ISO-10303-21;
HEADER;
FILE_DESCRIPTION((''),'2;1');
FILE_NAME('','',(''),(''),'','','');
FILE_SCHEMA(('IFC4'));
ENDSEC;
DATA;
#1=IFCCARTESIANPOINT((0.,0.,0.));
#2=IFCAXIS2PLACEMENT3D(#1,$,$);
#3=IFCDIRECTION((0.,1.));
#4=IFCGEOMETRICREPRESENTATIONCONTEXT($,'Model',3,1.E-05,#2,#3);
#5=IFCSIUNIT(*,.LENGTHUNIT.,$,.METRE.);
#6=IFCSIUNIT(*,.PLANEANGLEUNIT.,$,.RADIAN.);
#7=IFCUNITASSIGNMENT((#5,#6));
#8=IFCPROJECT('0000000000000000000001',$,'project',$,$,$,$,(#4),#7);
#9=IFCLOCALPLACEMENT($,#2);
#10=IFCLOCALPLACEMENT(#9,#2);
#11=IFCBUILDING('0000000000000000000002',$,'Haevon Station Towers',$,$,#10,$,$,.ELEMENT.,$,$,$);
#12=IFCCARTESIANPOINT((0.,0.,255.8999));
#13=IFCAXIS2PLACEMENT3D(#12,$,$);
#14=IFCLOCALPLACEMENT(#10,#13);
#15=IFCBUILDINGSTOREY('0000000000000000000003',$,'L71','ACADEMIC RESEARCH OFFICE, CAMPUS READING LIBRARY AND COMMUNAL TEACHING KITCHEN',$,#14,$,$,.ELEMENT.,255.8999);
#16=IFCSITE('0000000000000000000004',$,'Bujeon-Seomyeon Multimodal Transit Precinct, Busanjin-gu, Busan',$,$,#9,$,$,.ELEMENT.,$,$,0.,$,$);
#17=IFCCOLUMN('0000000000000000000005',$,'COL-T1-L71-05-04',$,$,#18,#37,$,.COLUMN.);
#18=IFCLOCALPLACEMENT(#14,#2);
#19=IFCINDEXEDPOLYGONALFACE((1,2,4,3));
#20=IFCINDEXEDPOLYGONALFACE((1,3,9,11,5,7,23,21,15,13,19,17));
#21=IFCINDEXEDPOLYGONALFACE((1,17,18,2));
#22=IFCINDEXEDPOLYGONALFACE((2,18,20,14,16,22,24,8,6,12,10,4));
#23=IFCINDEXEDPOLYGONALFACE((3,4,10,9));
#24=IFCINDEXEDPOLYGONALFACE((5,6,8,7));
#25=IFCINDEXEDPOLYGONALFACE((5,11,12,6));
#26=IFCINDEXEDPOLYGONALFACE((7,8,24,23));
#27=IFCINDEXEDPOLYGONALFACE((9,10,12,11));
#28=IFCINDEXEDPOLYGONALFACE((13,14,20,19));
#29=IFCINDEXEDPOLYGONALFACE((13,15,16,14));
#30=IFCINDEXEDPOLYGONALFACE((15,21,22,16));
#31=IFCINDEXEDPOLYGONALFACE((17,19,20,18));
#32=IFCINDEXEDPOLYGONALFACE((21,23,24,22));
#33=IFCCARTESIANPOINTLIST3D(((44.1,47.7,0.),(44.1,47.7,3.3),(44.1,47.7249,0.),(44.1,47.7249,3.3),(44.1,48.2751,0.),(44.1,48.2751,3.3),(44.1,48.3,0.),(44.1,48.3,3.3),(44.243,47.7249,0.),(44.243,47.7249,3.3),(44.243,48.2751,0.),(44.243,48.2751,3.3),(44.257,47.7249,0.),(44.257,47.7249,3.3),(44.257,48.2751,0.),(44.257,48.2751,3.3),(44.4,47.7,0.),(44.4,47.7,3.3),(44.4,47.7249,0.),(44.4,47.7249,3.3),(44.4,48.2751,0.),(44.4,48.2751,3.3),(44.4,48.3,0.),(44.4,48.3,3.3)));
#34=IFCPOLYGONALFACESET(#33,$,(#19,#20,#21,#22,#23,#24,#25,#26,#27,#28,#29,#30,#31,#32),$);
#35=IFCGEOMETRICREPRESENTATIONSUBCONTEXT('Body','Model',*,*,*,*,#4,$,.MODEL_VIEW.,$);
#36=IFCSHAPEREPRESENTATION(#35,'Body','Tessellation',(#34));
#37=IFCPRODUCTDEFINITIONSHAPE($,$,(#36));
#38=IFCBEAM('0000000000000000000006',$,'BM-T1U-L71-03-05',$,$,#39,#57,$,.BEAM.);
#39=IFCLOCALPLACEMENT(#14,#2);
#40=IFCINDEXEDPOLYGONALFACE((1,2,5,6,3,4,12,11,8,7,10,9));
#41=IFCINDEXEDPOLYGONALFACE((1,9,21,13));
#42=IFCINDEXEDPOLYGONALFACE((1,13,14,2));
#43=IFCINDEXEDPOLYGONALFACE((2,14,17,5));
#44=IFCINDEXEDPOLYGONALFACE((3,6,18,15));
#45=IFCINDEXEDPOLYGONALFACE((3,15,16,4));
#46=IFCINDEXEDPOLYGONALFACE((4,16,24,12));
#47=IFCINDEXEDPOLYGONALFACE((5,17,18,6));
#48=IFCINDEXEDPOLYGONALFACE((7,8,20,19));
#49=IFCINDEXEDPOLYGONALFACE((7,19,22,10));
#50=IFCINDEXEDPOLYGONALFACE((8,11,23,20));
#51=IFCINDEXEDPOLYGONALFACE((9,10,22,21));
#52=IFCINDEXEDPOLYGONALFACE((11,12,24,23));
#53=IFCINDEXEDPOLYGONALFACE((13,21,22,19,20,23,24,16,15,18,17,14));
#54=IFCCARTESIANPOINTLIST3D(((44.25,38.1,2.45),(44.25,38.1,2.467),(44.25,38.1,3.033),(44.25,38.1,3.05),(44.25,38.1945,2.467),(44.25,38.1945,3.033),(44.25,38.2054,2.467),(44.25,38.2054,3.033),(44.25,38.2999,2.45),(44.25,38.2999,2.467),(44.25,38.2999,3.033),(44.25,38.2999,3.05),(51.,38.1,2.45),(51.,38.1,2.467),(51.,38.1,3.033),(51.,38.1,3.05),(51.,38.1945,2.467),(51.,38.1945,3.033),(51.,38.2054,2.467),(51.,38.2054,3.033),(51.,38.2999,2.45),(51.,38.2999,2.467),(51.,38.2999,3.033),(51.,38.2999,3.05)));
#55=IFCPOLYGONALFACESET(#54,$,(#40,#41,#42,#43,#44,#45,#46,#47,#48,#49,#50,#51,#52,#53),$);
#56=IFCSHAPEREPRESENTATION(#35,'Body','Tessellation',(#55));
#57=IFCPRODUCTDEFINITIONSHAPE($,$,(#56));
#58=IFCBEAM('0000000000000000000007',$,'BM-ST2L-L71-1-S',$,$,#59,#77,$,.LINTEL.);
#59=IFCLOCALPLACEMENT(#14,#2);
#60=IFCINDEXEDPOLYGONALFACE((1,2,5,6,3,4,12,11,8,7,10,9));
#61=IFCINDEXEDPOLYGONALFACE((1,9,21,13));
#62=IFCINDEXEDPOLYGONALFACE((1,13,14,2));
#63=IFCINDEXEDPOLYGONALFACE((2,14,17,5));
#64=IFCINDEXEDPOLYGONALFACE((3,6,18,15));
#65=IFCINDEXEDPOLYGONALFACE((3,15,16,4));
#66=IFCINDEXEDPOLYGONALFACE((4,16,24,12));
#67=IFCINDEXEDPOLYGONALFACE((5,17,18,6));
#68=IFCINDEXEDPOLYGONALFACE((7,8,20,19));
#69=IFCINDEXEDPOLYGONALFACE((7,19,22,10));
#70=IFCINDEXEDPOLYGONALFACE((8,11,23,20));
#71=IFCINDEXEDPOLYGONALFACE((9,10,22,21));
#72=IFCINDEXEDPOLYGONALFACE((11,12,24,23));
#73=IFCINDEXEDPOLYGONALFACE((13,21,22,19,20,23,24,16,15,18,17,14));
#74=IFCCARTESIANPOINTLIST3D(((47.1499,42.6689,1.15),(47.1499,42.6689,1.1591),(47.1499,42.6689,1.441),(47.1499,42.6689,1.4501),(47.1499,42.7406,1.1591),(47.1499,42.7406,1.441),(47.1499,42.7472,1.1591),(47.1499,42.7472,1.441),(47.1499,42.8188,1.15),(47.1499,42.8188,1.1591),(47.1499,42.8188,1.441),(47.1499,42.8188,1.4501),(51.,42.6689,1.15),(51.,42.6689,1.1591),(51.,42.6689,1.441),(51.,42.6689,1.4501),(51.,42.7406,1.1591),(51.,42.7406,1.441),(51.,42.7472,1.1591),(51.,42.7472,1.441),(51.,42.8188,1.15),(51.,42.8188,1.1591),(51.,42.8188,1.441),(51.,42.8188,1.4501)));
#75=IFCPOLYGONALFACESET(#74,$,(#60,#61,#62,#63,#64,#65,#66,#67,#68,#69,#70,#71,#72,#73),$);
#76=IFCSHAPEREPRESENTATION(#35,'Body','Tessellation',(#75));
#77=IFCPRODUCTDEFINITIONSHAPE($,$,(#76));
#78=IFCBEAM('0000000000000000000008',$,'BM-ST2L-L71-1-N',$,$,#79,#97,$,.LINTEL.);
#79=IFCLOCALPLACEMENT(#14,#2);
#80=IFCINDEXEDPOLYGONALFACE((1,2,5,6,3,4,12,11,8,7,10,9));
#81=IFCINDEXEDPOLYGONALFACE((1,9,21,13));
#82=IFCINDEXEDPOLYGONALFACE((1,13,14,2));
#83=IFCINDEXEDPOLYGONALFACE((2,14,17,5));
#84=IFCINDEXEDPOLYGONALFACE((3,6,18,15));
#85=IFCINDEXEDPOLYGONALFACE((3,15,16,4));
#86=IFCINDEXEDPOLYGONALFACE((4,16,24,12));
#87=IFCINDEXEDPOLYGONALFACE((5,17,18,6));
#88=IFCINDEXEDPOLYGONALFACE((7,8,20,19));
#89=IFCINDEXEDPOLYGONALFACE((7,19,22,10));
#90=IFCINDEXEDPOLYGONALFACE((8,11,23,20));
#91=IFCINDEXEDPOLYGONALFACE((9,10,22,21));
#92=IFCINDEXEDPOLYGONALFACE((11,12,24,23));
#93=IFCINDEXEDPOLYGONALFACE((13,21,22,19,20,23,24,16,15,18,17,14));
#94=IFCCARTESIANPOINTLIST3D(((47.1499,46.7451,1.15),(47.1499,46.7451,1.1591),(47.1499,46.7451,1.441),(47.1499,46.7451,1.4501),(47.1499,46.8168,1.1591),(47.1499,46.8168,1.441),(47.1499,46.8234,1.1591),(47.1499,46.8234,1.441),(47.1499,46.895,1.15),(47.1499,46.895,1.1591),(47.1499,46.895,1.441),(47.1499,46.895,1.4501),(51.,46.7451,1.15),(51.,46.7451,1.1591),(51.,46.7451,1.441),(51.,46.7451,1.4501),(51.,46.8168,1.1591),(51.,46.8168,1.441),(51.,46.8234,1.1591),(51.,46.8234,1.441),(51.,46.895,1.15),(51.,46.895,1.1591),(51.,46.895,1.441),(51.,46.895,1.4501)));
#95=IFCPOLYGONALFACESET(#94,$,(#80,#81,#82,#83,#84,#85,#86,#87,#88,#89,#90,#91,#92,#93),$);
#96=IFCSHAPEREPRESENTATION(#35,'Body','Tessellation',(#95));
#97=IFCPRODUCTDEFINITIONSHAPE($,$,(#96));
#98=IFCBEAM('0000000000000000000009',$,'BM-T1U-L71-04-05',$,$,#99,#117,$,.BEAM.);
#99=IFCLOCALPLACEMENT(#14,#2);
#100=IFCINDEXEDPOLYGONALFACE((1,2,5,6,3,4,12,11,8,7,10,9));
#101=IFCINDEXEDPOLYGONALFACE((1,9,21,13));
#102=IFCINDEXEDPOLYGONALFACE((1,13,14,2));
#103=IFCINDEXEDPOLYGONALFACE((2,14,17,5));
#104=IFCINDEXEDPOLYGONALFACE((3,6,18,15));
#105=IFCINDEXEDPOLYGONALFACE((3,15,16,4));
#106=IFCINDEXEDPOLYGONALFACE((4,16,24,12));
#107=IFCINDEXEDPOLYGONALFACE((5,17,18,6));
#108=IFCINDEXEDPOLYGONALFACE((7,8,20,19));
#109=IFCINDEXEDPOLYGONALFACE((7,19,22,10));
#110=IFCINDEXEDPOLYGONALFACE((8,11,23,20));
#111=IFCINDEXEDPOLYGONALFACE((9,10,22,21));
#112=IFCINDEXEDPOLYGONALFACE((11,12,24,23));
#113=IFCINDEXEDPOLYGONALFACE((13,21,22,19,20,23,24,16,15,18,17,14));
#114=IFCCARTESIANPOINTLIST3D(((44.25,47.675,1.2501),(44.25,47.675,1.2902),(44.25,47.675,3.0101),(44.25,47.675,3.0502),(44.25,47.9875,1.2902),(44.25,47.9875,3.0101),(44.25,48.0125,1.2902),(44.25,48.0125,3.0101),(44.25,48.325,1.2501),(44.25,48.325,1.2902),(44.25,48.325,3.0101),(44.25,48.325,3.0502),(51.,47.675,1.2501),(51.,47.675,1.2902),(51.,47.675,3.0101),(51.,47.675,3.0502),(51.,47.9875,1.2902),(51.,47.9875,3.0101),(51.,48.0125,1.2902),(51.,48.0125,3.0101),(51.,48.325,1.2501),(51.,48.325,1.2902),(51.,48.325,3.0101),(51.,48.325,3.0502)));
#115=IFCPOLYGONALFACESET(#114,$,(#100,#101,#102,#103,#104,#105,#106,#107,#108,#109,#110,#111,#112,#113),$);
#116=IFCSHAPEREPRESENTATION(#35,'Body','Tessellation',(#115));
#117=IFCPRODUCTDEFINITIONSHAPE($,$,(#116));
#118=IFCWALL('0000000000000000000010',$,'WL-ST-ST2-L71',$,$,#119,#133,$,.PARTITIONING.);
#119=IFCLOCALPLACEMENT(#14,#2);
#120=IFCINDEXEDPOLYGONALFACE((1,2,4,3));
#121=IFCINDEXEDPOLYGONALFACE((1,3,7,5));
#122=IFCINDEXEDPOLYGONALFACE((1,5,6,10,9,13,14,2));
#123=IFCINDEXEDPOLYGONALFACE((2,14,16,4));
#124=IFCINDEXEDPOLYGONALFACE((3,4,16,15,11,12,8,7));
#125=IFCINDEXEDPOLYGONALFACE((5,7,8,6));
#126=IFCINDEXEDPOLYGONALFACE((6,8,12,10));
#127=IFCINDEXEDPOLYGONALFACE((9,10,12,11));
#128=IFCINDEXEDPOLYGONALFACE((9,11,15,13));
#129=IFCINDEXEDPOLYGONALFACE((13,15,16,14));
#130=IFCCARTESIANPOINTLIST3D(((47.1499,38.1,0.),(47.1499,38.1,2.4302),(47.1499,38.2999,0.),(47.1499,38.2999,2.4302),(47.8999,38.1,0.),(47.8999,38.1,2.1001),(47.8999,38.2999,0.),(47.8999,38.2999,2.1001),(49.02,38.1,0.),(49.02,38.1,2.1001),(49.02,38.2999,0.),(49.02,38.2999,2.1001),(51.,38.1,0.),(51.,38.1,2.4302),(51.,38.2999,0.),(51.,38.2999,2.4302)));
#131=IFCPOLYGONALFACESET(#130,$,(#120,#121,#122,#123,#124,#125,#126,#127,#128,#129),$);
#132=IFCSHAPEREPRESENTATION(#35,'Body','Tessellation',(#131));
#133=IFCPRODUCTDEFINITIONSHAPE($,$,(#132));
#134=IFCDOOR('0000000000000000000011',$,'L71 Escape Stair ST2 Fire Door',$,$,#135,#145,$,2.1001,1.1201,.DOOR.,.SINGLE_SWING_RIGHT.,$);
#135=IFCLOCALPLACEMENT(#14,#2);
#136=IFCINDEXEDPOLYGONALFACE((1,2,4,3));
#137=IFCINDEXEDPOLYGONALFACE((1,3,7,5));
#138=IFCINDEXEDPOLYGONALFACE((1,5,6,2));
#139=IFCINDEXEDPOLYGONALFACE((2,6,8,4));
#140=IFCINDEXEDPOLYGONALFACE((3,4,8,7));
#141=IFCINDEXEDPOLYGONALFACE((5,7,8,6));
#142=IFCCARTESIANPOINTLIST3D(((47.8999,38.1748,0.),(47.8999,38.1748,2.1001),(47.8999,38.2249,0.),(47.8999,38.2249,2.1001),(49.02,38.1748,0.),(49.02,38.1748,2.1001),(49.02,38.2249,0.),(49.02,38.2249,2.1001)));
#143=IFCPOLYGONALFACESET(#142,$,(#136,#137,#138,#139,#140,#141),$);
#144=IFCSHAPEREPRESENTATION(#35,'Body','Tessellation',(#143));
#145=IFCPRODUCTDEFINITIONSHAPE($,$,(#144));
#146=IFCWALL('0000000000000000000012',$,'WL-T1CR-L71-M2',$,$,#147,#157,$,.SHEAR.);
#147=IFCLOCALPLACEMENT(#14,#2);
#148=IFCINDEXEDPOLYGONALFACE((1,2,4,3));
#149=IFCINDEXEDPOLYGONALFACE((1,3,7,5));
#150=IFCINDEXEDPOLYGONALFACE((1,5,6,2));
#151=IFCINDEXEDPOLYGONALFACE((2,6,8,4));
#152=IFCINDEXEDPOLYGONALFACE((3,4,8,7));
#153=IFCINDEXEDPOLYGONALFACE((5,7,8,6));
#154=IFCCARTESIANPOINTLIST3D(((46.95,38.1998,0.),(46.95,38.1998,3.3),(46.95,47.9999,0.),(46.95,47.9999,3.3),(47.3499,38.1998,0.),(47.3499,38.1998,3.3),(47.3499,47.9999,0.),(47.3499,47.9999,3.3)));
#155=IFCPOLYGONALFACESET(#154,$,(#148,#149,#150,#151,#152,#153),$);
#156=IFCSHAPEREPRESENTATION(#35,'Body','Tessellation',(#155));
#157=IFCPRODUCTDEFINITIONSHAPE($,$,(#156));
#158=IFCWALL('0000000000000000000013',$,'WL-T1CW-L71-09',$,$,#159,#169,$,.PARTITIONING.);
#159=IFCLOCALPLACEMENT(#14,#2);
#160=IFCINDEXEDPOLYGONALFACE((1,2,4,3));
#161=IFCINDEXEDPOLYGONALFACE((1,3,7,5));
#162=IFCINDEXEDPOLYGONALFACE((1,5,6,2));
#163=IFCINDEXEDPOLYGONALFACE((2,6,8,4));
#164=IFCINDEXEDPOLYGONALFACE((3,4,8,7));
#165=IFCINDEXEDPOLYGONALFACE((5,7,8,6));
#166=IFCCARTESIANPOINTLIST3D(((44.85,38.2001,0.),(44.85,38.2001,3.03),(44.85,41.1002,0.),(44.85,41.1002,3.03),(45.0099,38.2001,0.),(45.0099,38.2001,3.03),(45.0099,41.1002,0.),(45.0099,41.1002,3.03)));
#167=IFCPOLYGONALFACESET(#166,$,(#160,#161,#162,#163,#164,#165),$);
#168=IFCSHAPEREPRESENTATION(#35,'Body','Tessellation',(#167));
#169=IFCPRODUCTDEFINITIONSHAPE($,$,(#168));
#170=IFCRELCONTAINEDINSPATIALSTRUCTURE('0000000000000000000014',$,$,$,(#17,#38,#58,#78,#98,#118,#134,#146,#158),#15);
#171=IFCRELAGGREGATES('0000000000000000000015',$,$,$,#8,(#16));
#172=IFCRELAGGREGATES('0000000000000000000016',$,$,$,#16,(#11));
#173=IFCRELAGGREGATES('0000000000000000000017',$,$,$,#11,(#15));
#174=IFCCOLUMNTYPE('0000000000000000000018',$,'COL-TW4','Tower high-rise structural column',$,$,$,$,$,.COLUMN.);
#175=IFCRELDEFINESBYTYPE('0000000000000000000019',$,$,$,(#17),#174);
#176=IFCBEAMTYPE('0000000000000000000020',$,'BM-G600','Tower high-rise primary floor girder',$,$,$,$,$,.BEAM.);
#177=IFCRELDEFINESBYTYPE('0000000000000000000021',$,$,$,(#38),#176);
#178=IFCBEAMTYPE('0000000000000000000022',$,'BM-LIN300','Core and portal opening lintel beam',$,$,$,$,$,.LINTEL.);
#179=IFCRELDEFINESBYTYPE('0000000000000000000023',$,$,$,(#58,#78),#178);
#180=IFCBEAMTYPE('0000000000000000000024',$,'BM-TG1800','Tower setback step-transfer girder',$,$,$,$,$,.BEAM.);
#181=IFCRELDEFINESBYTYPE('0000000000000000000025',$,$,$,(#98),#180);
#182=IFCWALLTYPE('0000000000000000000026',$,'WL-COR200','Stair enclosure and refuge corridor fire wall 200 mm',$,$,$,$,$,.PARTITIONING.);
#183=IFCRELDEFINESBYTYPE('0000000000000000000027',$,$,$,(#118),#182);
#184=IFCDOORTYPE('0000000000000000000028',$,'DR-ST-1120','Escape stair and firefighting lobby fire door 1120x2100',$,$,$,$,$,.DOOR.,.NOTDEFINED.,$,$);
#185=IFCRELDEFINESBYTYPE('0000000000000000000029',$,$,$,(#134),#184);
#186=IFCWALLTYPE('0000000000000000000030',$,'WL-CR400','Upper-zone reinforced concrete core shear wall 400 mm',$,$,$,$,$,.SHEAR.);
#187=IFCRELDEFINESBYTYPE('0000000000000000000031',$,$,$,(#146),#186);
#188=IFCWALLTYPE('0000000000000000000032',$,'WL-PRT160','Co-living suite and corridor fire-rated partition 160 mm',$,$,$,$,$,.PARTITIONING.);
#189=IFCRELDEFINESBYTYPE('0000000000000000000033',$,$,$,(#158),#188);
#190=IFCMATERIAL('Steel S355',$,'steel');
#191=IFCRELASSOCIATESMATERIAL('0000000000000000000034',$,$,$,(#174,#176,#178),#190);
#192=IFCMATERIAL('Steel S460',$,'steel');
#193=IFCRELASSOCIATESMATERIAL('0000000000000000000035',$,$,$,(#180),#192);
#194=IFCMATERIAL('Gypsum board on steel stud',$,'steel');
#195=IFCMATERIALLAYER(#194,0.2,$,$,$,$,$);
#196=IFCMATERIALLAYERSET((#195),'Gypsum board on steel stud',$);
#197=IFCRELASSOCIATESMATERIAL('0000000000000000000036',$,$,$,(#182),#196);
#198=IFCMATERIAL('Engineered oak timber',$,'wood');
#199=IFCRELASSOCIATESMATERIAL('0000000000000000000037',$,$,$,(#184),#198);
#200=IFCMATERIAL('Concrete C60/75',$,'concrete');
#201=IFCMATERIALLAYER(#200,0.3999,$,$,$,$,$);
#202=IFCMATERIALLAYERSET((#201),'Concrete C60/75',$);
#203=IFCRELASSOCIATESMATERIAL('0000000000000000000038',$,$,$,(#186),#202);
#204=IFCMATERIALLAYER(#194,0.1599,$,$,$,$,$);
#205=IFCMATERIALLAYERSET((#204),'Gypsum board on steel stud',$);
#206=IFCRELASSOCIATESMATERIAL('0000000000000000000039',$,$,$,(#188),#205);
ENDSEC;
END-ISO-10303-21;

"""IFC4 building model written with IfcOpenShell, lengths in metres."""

from ifc_helpers import new_model, si_unit, direction, frame, frame_2d, origin, origin_2d, place, context, subcontext, project, spatial, rectangle, i_section, extrude, material, layer, layer_set, material_profile, profile_set, type_object, element, fill, save


model = new_model("IFC4")

# Units and contexts
model_context = context("Model", 3, precision=1e-05, world=origin(), true_north=direction((0.0, 1.0)))
body_context = subcontext(model_context, "Body", "Model", "MODEL_VIEW")
ifc_project = project(units=[si_unit("LENGTHUNIT", "METRE"), si_unit("PLANEANGLEUNIT", "RADIAN")], contexts=[model_context])

# Site, building, storey
site_placement = place(None, origin())
site = spatial("IfcSite", under=ifc_project, at=site_placement, Name="Bujeon-Seomyeon Multimodal Transit Precinct, Busanjin-gu, Busan", CompositionType="ELEMENT", RefElevation=0.0)
building_placement = place(site_placement, origin())
building = spatial("IfcBuilding", under=site, at=building_placement, Name="Haevon Station Towers", CompositionType="ELEMENT")
storey_placement = place(building_placement, frame((0.0, 0.0, 255.8999)))
storey = spatial("IfcBuildingStorey", under=building, at=storey_placement, Name="L71", Description="ACADEMIC RESEARCH OFFICE, CAMPUS READING LIBRARY AND COMMUNAL TEACHING KITCHEN", CompositionType="ELEMENT", Elevation=255.8999)

# Column
ifc_material_1 = material(Name="Steel S355", Category="steel")
ifc_material_profile_1 = material_profile(ifc_material_1, i_section(OverallWidth=0.3, OverallDepth=0.6001, WebThickness=0.0139, FlangeThickness=0.0249, at=origin_2d()), Name="H-600x300x14x25")
ifc_profile_set_1 = profile_set([ifc_material_profile_1], Name="Steel S355")
column_type = type_object("IfcColumnType", Name="COL-TW4", Description="Tower high-rise structural column", PredefinedType="COLUMN", material=ifc_profile_set_1)
column_placement = place(storey_placement, frame((44.25, 48.0, 0.0), z_axis=(0.0, 0.0, 1.0), x_axis=(1.0, 0.0, 0.0)))
element("IfcColumn", 1, at=column_placement, inside=storey, type_object=column_type, Name="COL-T1-L71-05-04", PredefinedType="COLUMN", context=body_context, shape_type="SweptSolid", body=[
    extrude(i_section(OverallWidth=0.3, OverallDepth=0.6001, WebThickness=0.0139, FlangeThickness=0.0249, at=origin_2d()), origin(), (0.0, 0.0, 1.0), 3.3),
])

# Beams
ifc_material_profile_2 = material_profile(ifc_material_1, i_section(OverallWidth=0.2, OverallDepth=0.6001, WebThickness=0.011, FlangeThickness=0.0171, at=origin_2d()), Name="H-600x200x11x17")
ifc_profile_set_2 = profile_set([ifc_material_profile_2], Name="Steel S355")
beam_type_1 = type_object("IfcBeamType", Name="BM-G600", Description="Tower high-rise primary floor girder", PredefinedType="BEAM", material=ifc_profile_set_2)
beam_1_placement = place(storey_placement, frame((44.25, 38.2, 2.75), z_axis=(1.0, 0.0, 0.0), x_axis=(0.0, 1.0, 0.0)))
element("IfcBeam", 2, at=beam_1_placement, inside=storey, type_object=beam_type_1, Name="BM-T1U-L71-03-05", PredefinedType="BEAM", context=body_context, shape_type="SweptSolid", body=[
    extrude(i_section(OverallWidth=0.2, OverallDepth=0.6001, WebThickness=0.011, FlangeThickness=0.0171, at=origin_2d()), origin(), (0.0, 0.0, 1.0), 6.75),
])
ifc_material_profile_3 = material_profile(ifc_material_1, i_section(OverallWidth=0.1499, OverallDepth=0.3, WebThickness=0.0066, FlangeThickness=0.009, at=origin_2d()), Name="H-300x150x6.5x9")
ifc_profile_set_3 = profile_set([ifc_material_profile_3], Name="Steel S355")
beam_type_2 = type_object("IfcBeamType", Name="BM-LIN300", Description="Core and portal opening lintel beam", PredefinedType="LINTEL", material=ifc_profile_set_3)
for number, where, z_axis, x_axis, name in (
    (3, (47.1499, 42.7439, 1.3), (1.0, 0.0, 0.0), (0.0, 1.0, 0.0), "BM-ST2L-L71-1-S"),
    (4, (47.1499, 46.8201, 1.3), (1.0, 0.0, 0.0), (0.0, 1.0, 0.0), "BM-ST2L-L71-1-N"),
):
    element("IfcBeam", number, at=place(storey_placement, frame(where, z_axis=z_axis, x_axis=x_axis)), inside=storey, type_object=beam_type_2, Name=name, PredefinedType="LINTEL", context=body_context, shape_type="SweptSolid", body=[
        extrude(i_section(OverallWidth=0.1499, OverallDepth=0.3, WebThickness=0.0066, FlangeThickness=0.009, at=origin_2d()), origin(), (0.0, 0.0, 1.0), 3.8501),
    ])
ifc_material_2 = material(Name="Steel S460", Category="steel")
ifc_material_profile_4 = material_profile(ifc_material_2, i_section(OverallWidth=0.6499, OverallDepth=1.8, WebThickness=0.0249, FlangeThickness=0.04, at=origin_2d()), Name="H-1800x650x25x40")
ifc_profile_set_4 = profile_set([ifc_material_profile_4], Name="Steel S460")
beam_type_3 = type_object("IfcBeamType", Name="BM-TG1800", Description="Tower setback step-transfer girder", PredefinedType="BEAM", material=ifc_profile_set_4)
beam_2_placement = place(storey_placement, frame((44.25, 48.0, 2.1501), z_axis=(1.0, 0.0, 0.0), x_axis=(0.0, 1.0, 0.0)))
element("IfcBeam", 5, at=beam_2_placement, inside=storey, type_object=beam_type_3, Name="BM-T1U-L71-04-05", PredefinedType="BEAM", context=body_context, shape_type="SweptSolid", body=[
    extrude(i_section(OverallWidth=0.6499, OverallDepth=1.8, WebThickness=0.0249, FlangeThickness=0.04, at=origin_2d()), origin(), (0.0, 0.0, 1.0), 6.75),
])

# Wall, opening, door
ifc_material_3 = material(Name="Gypsum board on steel stud", Category="steel")
ifc_layer_1 = layer(ifc_material_3, 0.2)
ifc_layer_set_1 = layer_set([ifc_layer_1], Name="Gypsum board on steel stud")
wall_type_1 = type_object("IfcWallType", Name="WL-COR200", Description="Stair enclosure and refuge corridor fire wall 200 mm", PredefinedType="PARTITIONING", material=ifc_layer_set_1)
wall_1_placement = place(storey_placement, frame((47.1499, 38.2, 0.0), z_axis=(0.0, 0.0, 1.0), x_axis=(1.0, 0.0, 0.0)))
wall_1 = element("IfcWall", 6, at=wall_1_placement, inside=storey, type_object=wall_type_1, Name="WL-ST-ST2-L71", PredefinedType="PARTITIONING", context=body_context, shape_type="SweptSolid", body=[
    extrude(rectangle(XDim=3.8501, YDim=0.2, at=frame_2d((1.925, 0.0))), origin(), (0.0, 0.0, 1.0), 2.4302),
])
opening_1_placement = place(wall_1_placement, frame((0.75, 0.0, 0.0)))
opening_1 = element("IfcOpeningElement", 7, at=opening_1_placement, cuts=wall_1, PredefinedType="OPENING", context=body_context, shape_type="SweptSolid", body=[
    extrude(rectangle(XDim=1.1201, YDim=2.1001, at=frame_2d((0.5601, 1.05))), frame((0.0, 0.1099, 0.0), z_axis=(0.0, -1.0, 0.0), x_axis=(1.0, 0.0, 0.0)), (0.0, 0.0, 1.0), 0.22),
])
ifc_material_4 = material(Name="Engineered oak timber", Category="wood")
door_type_1 = type_object("IfcDoorType", Name="DR-ST-1120", Description="Escape stair and firefighting lobby fire door 1120x2100", OperationType="NOTDEFINED", PredefinedType="DOOR", material=ifc_material_4)
door_1_placement = place(opening_1_placement, origin())
door_1 = element("IfcDoor", 8, at=door_1_placement, inside=storey, type_object=door_type_1, Name="L71 Escape Stair ST2 Fire Door", OperationType="SINGLE_SWING_RIGHT", OverallHeight=2.1001, OverallWidth=1.1201, PredefinedType="DOOR", context=body_context, shape_type="SweptSolid", body=[
    extrude(rectangle(XDim=1.1201, YDim=2.1001, at=frame_2d((0.5601, 1.05))), frame((0.0, 0.0249, 0.0), z_axis=(0.0, -1.0, 0.0), x_axis=(1.0, 0.0, 0.0)), (0.0, 0.0, 1.0), 0.05),
])
fill(opening_1, door_1)

# Walls
ifc_material_5 = material(Name="Concrete C60/75", Category="concrete")
ifc_layer_2 = layer(ifc_material_5, 0.3999)
ifc_layer_set_2 = layer_set([ifc_layer_2], Name="Concrete C60/75")
wall_type_2 = type_object("IfcWallType", Name="WL-CR400", Description="Upper-zone reinforced concrete core shear wall 400 mm", PredefinedType="SHEAR", material=ifc_layer_set_2)
wall_2_placement = place(storey_placement, frame((47.1499, 38.2, 0.0), z_axis=(0.0, 0.0, 1.0), x_axis=(0.0, 1.0, 0.0)))
element("IfcWall", 9, at=wall_2_placement, inside=storey, type_object=wall_type_2, Name="WL-T1CR-L71-M2", PredefinedType="SHEAR", context=body_context, shape_type="SweptSolid", body=[
    extrude(rectangle(XDim=9.8, YDim=0.3999, at=frame_2d((4.8999, 0.0))), origin(), (0.0, 0.0, 1.0), 3.3),
])
ifc_layer_3 = layer(ifc_material_3, 0.1599)
ifc_layer_set_3 = layer_set([ifc_layer_3], Name="Gypsum board on steel stud")
wall_type_3 = type_object("IfcWallType", Name="WL-PRT160", Description="Co-living suite and corridor fire-rated partition 160 mm", PredefinedType="PARTITIONING", material=ifc_layer_set_3)
wall_3_placement = place(storey_placement, frame((44.9299, 38.2, 0.0), z_axis=(0.0, 0.0, 1.0), x_axis=(0.0, 1.0, 0.0)))
element("IfcWall", 10, at=wall_3_placement, inside=storey, type_object=wall_type_3, Name="WL-T1CW-L71-09", PredefinedType="PARTITIONING", context=body_context, shape_type="SweptSolid", body=[
    extrude(rectangle(XDim=2.9001, YDim=0.1599, at=frame_2d((1.4502, 0.0))), origin(), (0.0, 0.0, 1.0), 3.03),
])

save(model, "model.ifc")
